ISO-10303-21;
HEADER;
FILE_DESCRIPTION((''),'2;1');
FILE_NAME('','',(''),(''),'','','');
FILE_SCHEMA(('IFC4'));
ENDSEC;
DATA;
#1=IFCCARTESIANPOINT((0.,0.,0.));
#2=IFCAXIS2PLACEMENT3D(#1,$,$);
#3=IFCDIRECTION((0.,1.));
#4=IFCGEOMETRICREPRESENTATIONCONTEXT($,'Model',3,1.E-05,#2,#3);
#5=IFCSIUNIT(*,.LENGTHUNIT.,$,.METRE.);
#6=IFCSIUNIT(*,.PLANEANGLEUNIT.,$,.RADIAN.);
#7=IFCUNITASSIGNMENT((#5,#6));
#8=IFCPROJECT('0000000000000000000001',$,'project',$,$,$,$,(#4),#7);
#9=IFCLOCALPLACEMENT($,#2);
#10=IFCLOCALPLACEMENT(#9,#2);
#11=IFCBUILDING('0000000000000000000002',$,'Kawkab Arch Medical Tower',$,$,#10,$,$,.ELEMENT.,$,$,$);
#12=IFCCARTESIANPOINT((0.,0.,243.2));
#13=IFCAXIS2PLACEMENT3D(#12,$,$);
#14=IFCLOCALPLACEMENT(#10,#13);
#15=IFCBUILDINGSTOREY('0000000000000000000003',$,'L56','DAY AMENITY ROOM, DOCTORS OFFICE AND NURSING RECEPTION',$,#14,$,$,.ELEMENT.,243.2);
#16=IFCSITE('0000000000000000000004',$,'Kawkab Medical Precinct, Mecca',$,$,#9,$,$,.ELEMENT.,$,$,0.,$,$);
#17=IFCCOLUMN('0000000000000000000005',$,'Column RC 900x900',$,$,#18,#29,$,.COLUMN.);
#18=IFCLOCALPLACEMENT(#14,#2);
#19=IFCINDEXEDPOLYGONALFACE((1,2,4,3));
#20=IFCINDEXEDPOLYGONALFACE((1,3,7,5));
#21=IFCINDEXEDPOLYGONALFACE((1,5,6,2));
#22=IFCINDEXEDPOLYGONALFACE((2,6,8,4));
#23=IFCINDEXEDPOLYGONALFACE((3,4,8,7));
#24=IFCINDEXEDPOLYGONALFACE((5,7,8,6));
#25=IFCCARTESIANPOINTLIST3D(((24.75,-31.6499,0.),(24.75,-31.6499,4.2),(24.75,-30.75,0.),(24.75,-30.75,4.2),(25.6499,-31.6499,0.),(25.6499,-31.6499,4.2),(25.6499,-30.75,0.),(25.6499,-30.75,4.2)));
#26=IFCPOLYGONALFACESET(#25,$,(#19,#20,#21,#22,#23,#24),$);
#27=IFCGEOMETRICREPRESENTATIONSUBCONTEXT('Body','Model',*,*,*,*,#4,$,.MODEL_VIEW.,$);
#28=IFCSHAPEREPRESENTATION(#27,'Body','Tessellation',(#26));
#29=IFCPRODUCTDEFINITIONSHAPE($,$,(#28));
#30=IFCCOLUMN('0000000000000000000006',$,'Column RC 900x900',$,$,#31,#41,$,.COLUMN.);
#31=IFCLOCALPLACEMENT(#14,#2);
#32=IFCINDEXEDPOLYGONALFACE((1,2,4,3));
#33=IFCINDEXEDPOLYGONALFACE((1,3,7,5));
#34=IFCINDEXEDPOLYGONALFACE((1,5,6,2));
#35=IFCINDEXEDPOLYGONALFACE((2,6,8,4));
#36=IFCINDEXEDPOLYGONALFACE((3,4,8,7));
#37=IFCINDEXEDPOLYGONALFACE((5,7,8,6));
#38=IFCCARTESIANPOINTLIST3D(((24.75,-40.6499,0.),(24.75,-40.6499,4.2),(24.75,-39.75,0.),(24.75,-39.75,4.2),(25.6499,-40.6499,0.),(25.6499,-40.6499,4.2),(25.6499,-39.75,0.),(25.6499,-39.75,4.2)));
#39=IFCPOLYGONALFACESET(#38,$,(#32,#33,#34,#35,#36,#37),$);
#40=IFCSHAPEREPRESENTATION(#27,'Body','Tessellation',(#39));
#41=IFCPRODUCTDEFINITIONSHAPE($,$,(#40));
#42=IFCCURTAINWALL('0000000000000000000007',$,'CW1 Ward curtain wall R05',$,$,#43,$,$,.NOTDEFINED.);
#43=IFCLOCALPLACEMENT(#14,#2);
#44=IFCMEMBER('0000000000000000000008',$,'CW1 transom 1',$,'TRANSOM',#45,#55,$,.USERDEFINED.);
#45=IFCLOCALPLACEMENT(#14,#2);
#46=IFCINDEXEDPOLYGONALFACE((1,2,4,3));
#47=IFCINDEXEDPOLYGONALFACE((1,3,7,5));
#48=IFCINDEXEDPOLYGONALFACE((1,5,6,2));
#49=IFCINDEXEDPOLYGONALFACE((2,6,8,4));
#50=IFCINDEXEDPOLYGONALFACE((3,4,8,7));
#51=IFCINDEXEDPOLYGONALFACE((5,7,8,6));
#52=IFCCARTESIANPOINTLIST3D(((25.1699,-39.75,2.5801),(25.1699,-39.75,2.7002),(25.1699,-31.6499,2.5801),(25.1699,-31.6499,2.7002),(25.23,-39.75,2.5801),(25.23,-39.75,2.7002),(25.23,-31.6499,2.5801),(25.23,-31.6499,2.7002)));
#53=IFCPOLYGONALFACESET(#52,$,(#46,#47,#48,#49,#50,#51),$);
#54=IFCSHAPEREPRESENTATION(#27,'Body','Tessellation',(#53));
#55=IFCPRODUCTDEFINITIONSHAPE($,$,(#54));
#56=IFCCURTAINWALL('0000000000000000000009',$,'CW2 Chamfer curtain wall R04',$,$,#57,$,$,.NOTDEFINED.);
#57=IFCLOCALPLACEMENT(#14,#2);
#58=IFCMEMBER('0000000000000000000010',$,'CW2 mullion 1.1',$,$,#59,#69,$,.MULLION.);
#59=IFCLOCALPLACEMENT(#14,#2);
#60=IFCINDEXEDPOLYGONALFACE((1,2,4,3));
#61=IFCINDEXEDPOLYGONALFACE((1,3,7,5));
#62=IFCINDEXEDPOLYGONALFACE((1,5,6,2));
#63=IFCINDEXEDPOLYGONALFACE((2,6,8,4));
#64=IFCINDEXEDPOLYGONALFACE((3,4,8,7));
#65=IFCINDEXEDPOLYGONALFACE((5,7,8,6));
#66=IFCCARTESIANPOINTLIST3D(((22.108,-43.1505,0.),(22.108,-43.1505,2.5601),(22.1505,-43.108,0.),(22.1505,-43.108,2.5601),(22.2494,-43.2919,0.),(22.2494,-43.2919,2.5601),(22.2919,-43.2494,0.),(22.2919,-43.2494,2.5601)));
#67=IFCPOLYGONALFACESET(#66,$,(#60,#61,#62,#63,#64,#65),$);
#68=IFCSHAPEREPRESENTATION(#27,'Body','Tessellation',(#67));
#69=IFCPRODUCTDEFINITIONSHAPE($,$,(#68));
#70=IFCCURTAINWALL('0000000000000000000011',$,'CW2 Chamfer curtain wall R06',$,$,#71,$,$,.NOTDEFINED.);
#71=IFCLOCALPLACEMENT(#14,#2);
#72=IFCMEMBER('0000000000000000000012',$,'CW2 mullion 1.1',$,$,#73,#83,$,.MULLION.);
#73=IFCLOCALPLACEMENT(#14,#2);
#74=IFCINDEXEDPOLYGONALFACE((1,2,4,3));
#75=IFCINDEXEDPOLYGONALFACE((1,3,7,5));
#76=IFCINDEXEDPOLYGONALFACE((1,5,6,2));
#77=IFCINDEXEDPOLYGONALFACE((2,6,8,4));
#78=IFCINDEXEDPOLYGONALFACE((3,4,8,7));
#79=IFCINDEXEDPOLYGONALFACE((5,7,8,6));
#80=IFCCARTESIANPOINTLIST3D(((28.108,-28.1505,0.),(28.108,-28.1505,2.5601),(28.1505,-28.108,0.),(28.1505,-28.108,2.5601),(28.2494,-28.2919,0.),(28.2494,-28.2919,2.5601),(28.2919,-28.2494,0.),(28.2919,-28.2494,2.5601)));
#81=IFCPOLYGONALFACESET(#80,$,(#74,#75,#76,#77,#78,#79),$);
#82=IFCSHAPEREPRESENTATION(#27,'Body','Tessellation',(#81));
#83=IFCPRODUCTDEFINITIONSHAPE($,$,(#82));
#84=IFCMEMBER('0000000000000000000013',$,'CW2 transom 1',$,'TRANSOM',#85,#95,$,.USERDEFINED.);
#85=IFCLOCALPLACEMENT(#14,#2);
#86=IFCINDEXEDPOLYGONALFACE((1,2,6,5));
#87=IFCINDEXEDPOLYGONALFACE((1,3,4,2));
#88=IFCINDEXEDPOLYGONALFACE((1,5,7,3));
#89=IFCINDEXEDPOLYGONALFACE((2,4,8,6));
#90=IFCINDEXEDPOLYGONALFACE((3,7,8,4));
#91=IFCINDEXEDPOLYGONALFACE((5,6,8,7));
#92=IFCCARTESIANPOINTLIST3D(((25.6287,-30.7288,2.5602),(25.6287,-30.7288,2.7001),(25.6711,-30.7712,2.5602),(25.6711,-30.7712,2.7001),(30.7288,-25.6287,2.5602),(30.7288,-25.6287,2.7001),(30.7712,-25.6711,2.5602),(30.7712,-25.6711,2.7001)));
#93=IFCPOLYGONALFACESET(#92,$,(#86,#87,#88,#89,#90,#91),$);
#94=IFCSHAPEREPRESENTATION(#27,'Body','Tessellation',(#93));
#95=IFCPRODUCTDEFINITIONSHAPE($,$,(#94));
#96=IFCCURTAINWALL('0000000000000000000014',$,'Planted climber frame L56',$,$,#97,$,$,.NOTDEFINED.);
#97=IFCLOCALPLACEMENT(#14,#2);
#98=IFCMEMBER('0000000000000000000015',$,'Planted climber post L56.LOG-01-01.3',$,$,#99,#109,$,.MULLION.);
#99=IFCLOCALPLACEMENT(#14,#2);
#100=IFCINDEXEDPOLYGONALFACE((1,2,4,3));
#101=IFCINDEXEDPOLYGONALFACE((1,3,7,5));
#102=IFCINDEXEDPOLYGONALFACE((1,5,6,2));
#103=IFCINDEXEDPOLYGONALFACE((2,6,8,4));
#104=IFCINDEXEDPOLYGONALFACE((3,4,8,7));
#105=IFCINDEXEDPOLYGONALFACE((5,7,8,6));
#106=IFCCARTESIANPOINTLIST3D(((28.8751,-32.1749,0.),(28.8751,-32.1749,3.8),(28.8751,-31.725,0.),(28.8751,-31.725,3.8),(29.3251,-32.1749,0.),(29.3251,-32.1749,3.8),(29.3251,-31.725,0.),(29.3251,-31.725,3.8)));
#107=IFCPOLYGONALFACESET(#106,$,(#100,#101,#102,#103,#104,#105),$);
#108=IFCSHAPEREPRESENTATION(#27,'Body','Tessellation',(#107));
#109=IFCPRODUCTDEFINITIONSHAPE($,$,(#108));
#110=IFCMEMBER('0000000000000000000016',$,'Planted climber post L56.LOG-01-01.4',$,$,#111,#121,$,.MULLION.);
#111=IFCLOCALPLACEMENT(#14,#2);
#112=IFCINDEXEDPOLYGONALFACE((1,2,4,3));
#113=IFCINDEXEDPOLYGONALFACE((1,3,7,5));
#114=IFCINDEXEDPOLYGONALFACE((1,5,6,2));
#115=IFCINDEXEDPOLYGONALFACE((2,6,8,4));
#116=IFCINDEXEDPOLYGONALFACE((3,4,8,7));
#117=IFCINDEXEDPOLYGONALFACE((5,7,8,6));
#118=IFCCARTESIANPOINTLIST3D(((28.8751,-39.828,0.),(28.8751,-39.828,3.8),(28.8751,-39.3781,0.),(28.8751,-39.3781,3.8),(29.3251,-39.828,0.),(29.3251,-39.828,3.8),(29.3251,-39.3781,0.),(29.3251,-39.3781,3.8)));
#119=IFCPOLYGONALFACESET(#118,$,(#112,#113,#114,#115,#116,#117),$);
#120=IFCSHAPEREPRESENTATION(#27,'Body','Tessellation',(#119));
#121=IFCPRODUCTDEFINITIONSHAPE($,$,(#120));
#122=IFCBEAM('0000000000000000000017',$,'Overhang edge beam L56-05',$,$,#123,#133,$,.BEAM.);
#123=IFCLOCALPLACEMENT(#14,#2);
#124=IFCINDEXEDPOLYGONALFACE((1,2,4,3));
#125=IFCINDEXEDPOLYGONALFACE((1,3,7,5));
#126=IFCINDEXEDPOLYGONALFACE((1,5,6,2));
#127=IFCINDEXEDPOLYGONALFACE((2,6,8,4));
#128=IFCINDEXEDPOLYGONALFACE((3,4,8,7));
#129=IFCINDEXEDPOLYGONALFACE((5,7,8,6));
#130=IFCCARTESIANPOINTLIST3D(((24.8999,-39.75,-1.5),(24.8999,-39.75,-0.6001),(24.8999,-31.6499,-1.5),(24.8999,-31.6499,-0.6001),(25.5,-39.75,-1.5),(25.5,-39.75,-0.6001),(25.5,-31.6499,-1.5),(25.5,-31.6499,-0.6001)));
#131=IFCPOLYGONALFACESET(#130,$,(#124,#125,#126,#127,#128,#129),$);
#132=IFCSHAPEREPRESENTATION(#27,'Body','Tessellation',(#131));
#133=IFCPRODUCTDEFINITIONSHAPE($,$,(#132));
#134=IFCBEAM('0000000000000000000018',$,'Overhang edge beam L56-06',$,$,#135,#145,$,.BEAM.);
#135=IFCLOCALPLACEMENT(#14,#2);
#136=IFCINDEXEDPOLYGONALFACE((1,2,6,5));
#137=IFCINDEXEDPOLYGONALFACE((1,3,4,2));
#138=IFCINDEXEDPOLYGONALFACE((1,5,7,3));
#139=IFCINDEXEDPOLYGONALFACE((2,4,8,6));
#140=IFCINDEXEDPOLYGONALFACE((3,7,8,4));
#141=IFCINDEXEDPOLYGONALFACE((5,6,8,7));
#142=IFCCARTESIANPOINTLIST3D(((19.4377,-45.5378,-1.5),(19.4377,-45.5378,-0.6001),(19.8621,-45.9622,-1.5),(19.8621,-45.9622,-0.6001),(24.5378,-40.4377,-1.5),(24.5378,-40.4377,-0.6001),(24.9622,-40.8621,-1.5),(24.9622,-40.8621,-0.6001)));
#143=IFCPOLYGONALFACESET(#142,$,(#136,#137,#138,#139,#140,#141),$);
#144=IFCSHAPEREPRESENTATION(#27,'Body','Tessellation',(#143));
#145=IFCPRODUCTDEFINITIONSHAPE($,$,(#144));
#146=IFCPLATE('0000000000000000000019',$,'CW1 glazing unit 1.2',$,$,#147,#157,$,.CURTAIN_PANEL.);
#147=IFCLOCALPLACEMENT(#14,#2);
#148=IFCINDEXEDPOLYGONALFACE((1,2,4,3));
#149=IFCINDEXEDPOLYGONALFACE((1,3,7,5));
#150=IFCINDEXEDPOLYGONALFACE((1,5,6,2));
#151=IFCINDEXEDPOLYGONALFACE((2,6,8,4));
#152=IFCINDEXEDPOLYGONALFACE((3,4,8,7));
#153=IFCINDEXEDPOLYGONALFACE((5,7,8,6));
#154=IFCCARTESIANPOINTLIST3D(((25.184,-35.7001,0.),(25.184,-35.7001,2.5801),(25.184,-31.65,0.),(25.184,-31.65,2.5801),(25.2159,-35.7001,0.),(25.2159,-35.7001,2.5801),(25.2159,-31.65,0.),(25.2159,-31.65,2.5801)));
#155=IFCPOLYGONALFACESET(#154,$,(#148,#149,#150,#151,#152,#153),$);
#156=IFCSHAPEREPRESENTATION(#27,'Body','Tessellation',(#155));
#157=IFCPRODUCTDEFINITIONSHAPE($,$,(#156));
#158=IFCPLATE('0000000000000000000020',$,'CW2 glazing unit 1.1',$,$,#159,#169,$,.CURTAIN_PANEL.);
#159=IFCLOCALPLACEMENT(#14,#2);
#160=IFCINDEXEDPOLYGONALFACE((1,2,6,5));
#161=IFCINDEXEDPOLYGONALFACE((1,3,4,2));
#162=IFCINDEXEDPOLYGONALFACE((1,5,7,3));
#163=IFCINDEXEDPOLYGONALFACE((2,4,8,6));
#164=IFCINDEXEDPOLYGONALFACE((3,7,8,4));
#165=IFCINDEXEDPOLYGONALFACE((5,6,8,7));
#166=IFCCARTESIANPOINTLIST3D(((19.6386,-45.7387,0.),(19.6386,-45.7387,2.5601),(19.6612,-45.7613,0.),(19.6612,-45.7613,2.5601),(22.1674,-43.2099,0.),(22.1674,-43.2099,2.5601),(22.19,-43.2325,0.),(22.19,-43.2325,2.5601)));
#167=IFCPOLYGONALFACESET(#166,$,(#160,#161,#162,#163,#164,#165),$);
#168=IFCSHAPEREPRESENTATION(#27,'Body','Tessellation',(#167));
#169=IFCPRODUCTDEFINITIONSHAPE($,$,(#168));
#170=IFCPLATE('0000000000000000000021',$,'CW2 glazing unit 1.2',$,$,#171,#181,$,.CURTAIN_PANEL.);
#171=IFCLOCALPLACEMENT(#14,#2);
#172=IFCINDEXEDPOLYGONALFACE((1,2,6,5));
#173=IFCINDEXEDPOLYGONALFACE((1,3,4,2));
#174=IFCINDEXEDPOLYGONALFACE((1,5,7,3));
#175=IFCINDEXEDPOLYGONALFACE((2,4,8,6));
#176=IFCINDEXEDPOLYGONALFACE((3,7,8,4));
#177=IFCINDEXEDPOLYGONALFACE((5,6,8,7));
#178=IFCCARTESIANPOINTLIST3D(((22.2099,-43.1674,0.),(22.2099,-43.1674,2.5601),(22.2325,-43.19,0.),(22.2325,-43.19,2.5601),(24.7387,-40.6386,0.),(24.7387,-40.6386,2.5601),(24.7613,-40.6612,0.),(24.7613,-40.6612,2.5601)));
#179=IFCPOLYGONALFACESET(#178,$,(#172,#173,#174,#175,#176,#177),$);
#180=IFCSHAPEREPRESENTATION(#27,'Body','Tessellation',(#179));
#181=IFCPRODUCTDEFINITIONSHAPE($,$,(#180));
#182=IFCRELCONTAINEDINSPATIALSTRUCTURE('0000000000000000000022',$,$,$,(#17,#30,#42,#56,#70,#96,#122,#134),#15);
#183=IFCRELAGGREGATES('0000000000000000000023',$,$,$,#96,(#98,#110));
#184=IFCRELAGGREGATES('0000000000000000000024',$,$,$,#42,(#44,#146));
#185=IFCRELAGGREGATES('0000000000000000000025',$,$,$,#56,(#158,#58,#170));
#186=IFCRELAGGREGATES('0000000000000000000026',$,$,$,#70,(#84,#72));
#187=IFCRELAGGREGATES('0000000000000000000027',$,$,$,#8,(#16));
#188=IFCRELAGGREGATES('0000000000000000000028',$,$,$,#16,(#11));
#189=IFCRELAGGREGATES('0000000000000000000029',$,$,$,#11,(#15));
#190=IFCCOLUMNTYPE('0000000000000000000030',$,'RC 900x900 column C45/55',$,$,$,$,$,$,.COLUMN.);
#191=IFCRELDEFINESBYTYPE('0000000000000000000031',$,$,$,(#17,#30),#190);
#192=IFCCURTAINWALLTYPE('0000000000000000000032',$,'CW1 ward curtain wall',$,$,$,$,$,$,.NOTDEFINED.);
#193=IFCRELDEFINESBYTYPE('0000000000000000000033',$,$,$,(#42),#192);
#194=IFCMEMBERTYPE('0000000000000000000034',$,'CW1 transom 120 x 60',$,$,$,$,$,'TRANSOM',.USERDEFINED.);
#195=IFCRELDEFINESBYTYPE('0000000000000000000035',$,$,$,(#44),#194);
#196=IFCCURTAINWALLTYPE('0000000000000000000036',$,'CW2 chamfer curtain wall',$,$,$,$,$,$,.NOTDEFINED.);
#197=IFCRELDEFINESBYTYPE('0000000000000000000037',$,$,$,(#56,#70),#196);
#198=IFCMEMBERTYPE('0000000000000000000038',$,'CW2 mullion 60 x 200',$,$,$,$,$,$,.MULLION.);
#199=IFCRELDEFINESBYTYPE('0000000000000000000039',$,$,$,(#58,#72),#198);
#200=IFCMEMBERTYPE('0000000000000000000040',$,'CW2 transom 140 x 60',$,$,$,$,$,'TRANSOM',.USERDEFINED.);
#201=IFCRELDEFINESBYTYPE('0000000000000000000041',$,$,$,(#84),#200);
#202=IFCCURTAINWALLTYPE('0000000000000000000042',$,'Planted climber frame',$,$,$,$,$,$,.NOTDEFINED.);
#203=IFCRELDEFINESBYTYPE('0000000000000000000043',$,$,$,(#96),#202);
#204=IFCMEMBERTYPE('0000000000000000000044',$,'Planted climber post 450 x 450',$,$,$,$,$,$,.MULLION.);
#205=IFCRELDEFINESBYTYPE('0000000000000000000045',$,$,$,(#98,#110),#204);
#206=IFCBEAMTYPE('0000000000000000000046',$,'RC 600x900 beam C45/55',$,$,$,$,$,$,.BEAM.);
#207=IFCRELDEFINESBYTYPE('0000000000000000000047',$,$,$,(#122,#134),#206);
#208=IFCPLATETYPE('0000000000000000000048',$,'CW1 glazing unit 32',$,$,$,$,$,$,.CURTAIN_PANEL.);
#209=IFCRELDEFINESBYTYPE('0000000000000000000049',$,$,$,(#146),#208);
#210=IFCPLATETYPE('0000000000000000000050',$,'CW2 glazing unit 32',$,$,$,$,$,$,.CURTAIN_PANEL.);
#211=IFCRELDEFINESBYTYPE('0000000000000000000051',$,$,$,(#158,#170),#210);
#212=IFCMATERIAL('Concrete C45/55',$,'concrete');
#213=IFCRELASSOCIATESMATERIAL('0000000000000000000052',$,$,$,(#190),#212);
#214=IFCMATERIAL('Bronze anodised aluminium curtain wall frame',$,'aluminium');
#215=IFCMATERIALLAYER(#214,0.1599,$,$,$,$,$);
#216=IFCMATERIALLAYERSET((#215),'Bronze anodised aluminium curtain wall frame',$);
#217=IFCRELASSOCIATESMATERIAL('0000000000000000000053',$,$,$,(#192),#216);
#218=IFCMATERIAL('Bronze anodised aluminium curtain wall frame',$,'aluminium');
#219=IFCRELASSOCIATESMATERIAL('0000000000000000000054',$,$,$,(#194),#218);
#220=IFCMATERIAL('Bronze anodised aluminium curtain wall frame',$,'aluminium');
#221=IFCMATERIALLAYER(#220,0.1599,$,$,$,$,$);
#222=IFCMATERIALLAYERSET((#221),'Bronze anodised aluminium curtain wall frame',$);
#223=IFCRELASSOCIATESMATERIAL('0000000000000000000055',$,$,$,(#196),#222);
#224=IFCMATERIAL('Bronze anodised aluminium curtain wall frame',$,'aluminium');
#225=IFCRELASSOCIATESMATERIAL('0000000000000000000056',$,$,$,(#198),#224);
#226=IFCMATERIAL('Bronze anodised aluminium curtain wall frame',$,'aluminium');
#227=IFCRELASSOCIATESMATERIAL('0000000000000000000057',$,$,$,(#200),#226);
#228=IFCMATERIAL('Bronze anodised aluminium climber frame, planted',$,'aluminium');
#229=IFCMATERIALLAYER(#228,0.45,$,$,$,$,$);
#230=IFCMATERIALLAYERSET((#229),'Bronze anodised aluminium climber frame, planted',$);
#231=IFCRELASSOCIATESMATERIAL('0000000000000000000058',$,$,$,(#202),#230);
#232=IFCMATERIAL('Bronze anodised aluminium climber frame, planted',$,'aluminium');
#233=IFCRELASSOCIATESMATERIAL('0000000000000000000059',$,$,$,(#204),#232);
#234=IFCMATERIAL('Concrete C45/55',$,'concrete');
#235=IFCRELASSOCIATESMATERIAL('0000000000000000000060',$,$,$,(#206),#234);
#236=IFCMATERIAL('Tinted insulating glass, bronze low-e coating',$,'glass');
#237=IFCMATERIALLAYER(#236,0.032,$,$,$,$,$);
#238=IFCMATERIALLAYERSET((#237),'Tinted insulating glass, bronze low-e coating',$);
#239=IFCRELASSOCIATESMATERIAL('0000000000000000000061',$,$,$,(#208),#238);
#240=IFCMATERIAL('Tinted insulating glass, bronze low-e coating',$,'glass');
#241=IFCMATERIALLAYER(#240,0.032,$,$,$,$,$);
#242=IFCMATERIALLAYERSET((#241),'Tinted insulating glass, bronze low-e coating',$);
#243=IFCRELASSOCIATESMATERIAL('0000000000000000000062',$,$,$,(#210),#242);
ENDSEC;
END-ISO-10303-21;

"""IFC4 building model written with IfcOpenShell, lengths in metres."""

from ifc_helpers import new_model, si_unit, direction, frame, origin, origin_2d, place, context, subcontext, project, spatial, rectangle, extrude, material, layer, layer_set, material_profile, profile_set, type_object, element, aggregate, save


model = new_model("IFC4")

# Units and contexts
model_context = context("Model", 3, precision=1e-05, world=origin(), true_north=direction((0.0, 1.0)))
body_context = subcontext(model_context, "Body", "Model", "MODEL_VIEW")
ifc_project = project(units=[si_unit("LENGTHUNIT", "METRE"), si_unit("PLANEANGLEUNIT", "RADIAN")], contexts=[model_context])

# Site, building, storey
site_placement = place(None, origin())
site = spatial("IfcSite", under=ifc_project, at=site_placement, Name="Kawkab Medical Precinct, Mecca", CompositionType="ELEMENT", RefElevation=0.0)
building_placement = place(site_placement, origin())
building = spatial("IfcBuilding", under=site, at=building_placement, Name="Kawkab Arch Medical Tower", CompositionType="ELEMENT")
storey_placement = place(building_placement, frame((0.0, 0.0, 243.2)))
storey = spatial("IfcBuildingStorey", under=building, at=storey_placement, Name="L56", Description="DAY AMENITY ROOM, DOCTORS OFFICE AND NURSING RECEPTION", CompositionType="ELEMENT", Elevation=243.2)

# Columns
ifc_material_1 = material(Name="Concrete C45/55", Category="concrete")
ifc_material_profile_1 = material_profile(ifc_material_1, rectangle(XDim=0.8999, YDim=0.8999, at=origin_2d()), Name="RC 900x900")
ifc_profile_set_1 = profile_set([ifc_material_profile_1], Name="Concrete C45/55")
column_type = type_object("IfcColumnType", Name="RC 900x900 column C45/55", PredefinedType="COLUMN", material=ifc_profile_set_1)
for number, where, z_axis, x_axis, name in (
    (1, (25.2, -31.2, 0.0), (0.0, 0.0, 1.0), (1.0, 0.0, 0.0), "Column RC 900x900"),
    (2, (25.2, -40.2, 0.0), (0.0, 0.0, 1.0), (1.0, 0.0, 0.0), "Column RC 900x900"),
):
    element("IfcColumn", number, at=place(storey_placement, frame(where, z_axis=z_axis, x_axis=x_axis)), inside=storey, type_object=column_type, Name=name, PredefinedType="COLUMN", context=body_context, shape_type="SweptSolid", body=[
        extrude(rectangle(XDim=0.8999, YDim=0.8999, at=origin_2d()), origin(), (0.0, 0.0, 1.0), 4.2),
    ])

# Curtain walls, members
ifc_material_2 = material(Name="Bronze anodised aluminium curtain wall frame", Category="aluminium")
ifc_layer_1 = layer(ifc_material_2, 0.1599)
ifc_layer_set_1 = layer_set([ifc_layer_1], Name="Bronze anodised aluminium curtain wall frame")
curtain_wall_type_1 = type_object("IfcCurtainWallType", Name="CW1 ward curtain wall", PredefinedType="NOTDEFINED", material=ifc_layer_set_1)
placement = place(storey_placement, origin())
curtain_wall_1 = element("IfcCurtainWall", 3, at=placement, inside=storey, type_object=curtain_wall_type_1, Name="CW1 Ward curtain wall R05", PredefinedType="NOTDEFINED")
ifc_material_3 = material(Name="Bronze anodised aluminium curtain wall frame", Category="aluminium")
ifc_material_profile_2 = material_profile(ifc_material_3, rectangle(XDim=0.0601, YDim=0.1201, at=origin_2d()), Name="AL 60x120")
ifc_profile_set_2 = profile_set([ifc_material_profile_2], Name="Bronze anodised aluminium curtain wall frame")
member_type_1 = type_object("IfcMemberType", Name="CW1 transom 120 x 60", ElementType="TRANSOM", PredefinedType="USERDEFINED", material=ifc_profile_set_2)
member_1_placement = place(storey_placement, frame((25.2, -39.75, 2.6401), z_axis=(0.0, 1.0, 0.0), x_axis=(-1.0, 0.0, 0.0)))
member_1 = element("IfcMember", 4, at=member_1_placement, type_object=member_type_1, Name="CW1 transom 1", ObjectType="TRANSOM", PredefinedType="USERDEFINED", context=body_context, shape_type="SweptSolid", body=[
    extrude(rectangle(XDim=0.0601, YDim=0.1201, at=origin_2d()), origin(), (0.0, 0.0, 1.0), 8.1001),
])
ifc_material_4 = material(Name="Bronze anodised aluminium curtain wall frame", Category="aluminium")
ifc_layer_2 = layer(ifc_material_4, 0.1599)
ifc_layer_set_2 = layer_set([ifc_layer_2], Name="Bronze anodised aluminium curtain wall frame")
curtain_wall_type_2 = type_object("IfcCurtainWallType", Name="CW2 chamfer curtain wall", PredefinedType="NOTDEFINED", material=ifc_layer_set_2)
curtain_wall_2 = element("IfcCurtainWall", 5, at=placement, inside=storey, type_object=curtain_wall_type_2, Name="CW2 Chamfer curtain wall R04", PredefinedType="NOTDEFINED")
ifc_material_5 = material(Name="Bronze anodised aluminium curtain wall frame", Category="aluminium")
ifc_material_profile_3 = material_profile(ifc_material_5, rectangle(XDim=0.2, YDim=0.0601, at=origin_2d()), Name="AL 60x200")
ifc_profile_set_3 = profile_set([ifc_material_profile_3], Name="Bronze anodised aluminium curtain wall frame")
member_type_2 = type_object("IfcMemberType", Name="CW2 mullion 60 x 200", PredefinedType="MULLION", material=ifc_profile_set_3)
member_2_placement = place(storey_placement, frame((22.2, -43.2, 0.0), z_axis=(0.0, 0.0, 1.0), x_axis=(-0.707107, 0.707107, 0.0)))
member_2 = element("IfcMember", 6, at=member_2_placement, type_object=member_type_2, Name="CW2 mullion 1.1", PredefinedType="MULLION", context=body_context, shape_type="SweptSolid", body=[
    extrude(rectangle(XDim=0.2, YDim=0.0601, at=origin_2d()), origin(), (0.0, 0.0, 1.0), 2.5601),
])

# Curtain walls, members
curtain_wall_3 = element("IfcCurtainWall", 7, at=placement, inside=storey, type_object=curtain_wall_type_2, Name="CW2 Chamfer curtain wall R06", PredefinedType="NOTDEFINED")
member_3_placement = place(storey_placement, frame((28.2, -28.2, 0.0), z_axis=(0.0, 0.0, 1.0), x_axis=(-0.707107, 0.707107, 0.0)))
member_3 = element("IfcMember", 8, at=member_3_placement, type_object=member_type_2, Name="CW2 mullion 1.1", PredefinedType="MULLION", context=body_context, shape_type="SweptSolid", body=[
    extrude(rectangle(XDim=0.2, YDim=0.0601, at=origin_2d()), origin(), (0.0, 0.0, 1.0), 2.5601),
])
ifc_material_6 = material(Name="Bronze anodised aluminium curtain wall frame", Category="aluminium")
ifc_material_profile_4 = material_profile(ifc_material_6, rectangle(XDim=0.0601, YDim=0.1399, at=origin_2d()), Name="AL 60x140")
ifc_profile_set_4 = profile_set([ifc_material_profile_4], Name="Bronze anodised aluminium curtain wall frame")
member_type_3 = type_object("IfcMemberType", Name="CW2 transom 140 x 60", ElementType="TRANSOM", PredefinedType="USERDEFINED", material=ifc_profile_set_4)
member_4_placement = place(storey_placement, frame((25.6499, -30.75, 2.6301), z_axis=(0.707107, 0.707107, 0.0), x_axis=(-0.707107, 0.707107, 0.0)))
member_4 = element("IfcMember", 9, at=member_4_placement, type_object=member_type_3, Name="CW2 transom 1", ObjectType="TRANSOM", PredefinedType="USERDEFINED", context=body_context, shape_type="SweptSolid", body=[
    extrude(rectangle(XDim=0.0601, YDim=0.1399, at=origin_2d()), origin(), (0.0, 0.0, 1.0), 7.2126),
])
ifc_material_7 = material(Name="Bronze anodised aluminium climber frame, planted", Category="aluminium")
ifc_layer_3 = layer(ifc_material_7, 0.45)
ifc_layer_set_3 = layer_set([ifc_layer_3], Name="Bronze anodised aluminium climber frame, planted")
curtain_wall_type_3 = type_object("IfcCurtainWallType", Name="Planted climber frame", PredefinedType="NOTDEFINED", material=ifc_layer_set_3)
curtain_wall_4 = element("IfcCurtainWall", 10, at=placement, inside=storey, type_object=curtain_wall_type_3, Name="Planted climber frame L56", PredefinedType="NOTDEFINED")
ifc_material_8 = material(Name="Bronze anodised aluminium climber frame, planted", Category="aluminium")
ifc_material_profile_5 = material_profile(ifc_material_8, rectangle(XDim=0.45, YDim=0.45, at=origin_2d()), Name="Post 450x450")
ifc_profile_set_5 = profile_set([ifc_material_profile_5], Name="Bronze anodised aluminium climber frame, planted")
member_type_4 = type_object("IfcMemberType", Name="Planted climber post 450 x 450", PredefinedType="MULLION", material=ifc_profile_set_5)
member_5_placement = place(storey_placement, frame((29.1001, -31.95, 0.0), z_axis=(0.0, 0.0, 1.0), x_axis=(1.0, 0.0, 0.0)))
member_5 = element("IfcMember", 11, at=member_5_placement, type_object=member_type_4, Name="Planted climber post L56.LOG-01-01.3", PredefinedType="MULLION", context=body_context, shape_type="SweptSolid", body=[
    extrude(rectangle(XDim=0.45, YDim=0.45, at=origin_2d()), origin(), (0.0, 0.0, 1.0), 3.8),
])
member_6_placement = place(storey_placement, frame((29.1001, -39.603, 0.0), z_axis=(0.0, 0.0, 1.0), x_axis=(1.0, 0.0, 0.0)))
member_6 = element("IfcMember", 12, at=member_6_placement, type_object=member_type_4, Name="Planted climber post L56.LOG-01-01.4", PredefinedType="MULLION", context=body_context, shape_type="SweptSolid", body=[
    extrude(rectangle(XDim=0.45, YDim=0.45, at=origin_2d()), origin(), (0.0, 0.0, 1.0), 3.8),
])
aggregate(curtain_wall_4, [member_5, member_6])

# Beams
ifc_material_9 = material(Name="Concrete C45/55", Category="concrete")
ifc_material_profile_6 = material_profile(ifc_material_9, rectangle(XDim=0.6001, YDim=0.8999, at=origin_2d()), Name="RC 600x900")
ifc_profile_set_6 = profile_set([ifc_material_profile_6], Name="Concrete C45/55")
beam_type = type_object("IfcBeamType", Name="RC 600x900 beam C45/55", PredefinedType="BEAM", material=ifc_profile_set_6)
beam_1_placement = place(storey_placement, frame((25.2, -31.6499, -1.05), z_axis=(0.0, -1.0, 0.0), x_axis=(1.0, 0.0, 0.0)))
element("IfcBeam", 13, at=beam_1_placement, inside=storey, type_object=beam_type, Name="Overhang edge beam L56-05", PredefinedType="BEAM", context=body_context, shape_type="SweptSolid", body=[
    extrude(rectangle(XDim=0.6001, YDim=0.8999, at=origin_2d()), origin(), (0.0, 0.0, 1.0), 8.1001),
])
beam_2_placement = place(storey_placement, frame((24.75, -40.6499, -1.05), z_axis=(-0.707107, -0.707107, 0.0), x_axis=(0.707107, -0.707107, 0.0)))
element("IfcBeam", 14, at=beam_2_placement, inside=storey, type_object=beam_type, Name="Overhang edge beam L56-06", PredefinedType="BEAM", context=body_context, shape_type="SweptSolid", body=[
    extrude(rectangle(XDim=0.6001, YDim=0.8999, at=origin_2d()), origin(), (0.0, 0.0, 1.0), 7.2126),
])

# Plates
ifc_material_10 = material(Name="Tinted insulating glass, bronze low-e coating", Category="glass")
ifc_layer_4 = layer(ifc_material_10, 0.032)
ifc_layer_set_4 = layer_set([ifc_layer_4], Name="Tinted insulating glass, bronze low-e coating")
plate_type_1 = type_object("IfcPlateType", Name="CW1 glazing unit 32", PredefinedType="CURTAIN_PANEL", material=ifc_layer_set_4)
plate_1_placement = place(storey_placement, frame((25.2, -33.675, 0.0), z_axis=(0.0, 0.0, 1.0), x_axis=(0.0, 1.0, 0.0)))
plate_1 = element("IfcPlate", 15, at=plate_1_placement, type_object=plate_type_1, Name="CW1 glazing unit 1.2", PredefinedType="CURTAIN_PANEL", context=body_context, shape_type="SweptSolid", body=[
    extrude(rectangle(XDim=4.05, YDim=0.032, at=origin_2d()), origin(), (0.0, 0.0, 1.0), 2.5801),
])
aggregate(curtain_wall_1, [member_1, plate_1])
ifc_material_11 = material(Name="Tinted insulating glass, bronze low-e coating", Category="glass")
ifc_layer_5 = layer(ifc_material_11, 0.032)
ifc_layer_set_5 = layer_set([ifc_layer_5], Name="Tinted insulating glass, bronze low-e coating")
plate_type_2 = type_object("IfcPlateType", Name="CW2 glazing unit 32", PredefinedType="CURTAIN_PANEL", material=ifc_layer_set_5)
plate_2_placement = place(storey_placement, frame((20.9143, -44.4856, 0.0), z_axis=(0.0, 0.0, 1.0), x_axis=(0.707107, 0.707107, 0.0)))
plate_2 = element("IfcPlate", 16, at=plate_2_placement, type_object=plate_type_2, Name="CW2 glazing unit 1.1", PredefinedType="CURTAIN_PANEL", context=body_context, shape_type="SweptSolid", body=[
    extrude(rectangle(XDim=3.5762, YDim=0.032, at=origin_2d()), origin(), (0.0, 0.0, 1.0), 2.5601),
])
plate_3_placement = place(storey_placement, frame((23.4856, -41.9143, 0.0), z_axis=(0.0, 0.0, 1.0), x_axis=(0.707107, 0.707107, 0.0)))
plate_3 = element("IfcPlate", 17, at=plate_3_placement, type_object=plate_type_2, Name="CW2 glazing unit 1.2", PredefinedType="CURTAIN_PANEL", context=body_context, shape_type="SweptSolid", body=[
    extrude(rectangle(XDim=3.5762, YDim=0.032, at=origin_2d()), origin(), (0.0, 0.0, 1.0), 2.5601),
])
aggregate(curtain_wall_2, [plate_2, member_2, plate_3])
aggregate(curtain_wall_3, [member_4, member_3])

save(model, "model.ifc")
